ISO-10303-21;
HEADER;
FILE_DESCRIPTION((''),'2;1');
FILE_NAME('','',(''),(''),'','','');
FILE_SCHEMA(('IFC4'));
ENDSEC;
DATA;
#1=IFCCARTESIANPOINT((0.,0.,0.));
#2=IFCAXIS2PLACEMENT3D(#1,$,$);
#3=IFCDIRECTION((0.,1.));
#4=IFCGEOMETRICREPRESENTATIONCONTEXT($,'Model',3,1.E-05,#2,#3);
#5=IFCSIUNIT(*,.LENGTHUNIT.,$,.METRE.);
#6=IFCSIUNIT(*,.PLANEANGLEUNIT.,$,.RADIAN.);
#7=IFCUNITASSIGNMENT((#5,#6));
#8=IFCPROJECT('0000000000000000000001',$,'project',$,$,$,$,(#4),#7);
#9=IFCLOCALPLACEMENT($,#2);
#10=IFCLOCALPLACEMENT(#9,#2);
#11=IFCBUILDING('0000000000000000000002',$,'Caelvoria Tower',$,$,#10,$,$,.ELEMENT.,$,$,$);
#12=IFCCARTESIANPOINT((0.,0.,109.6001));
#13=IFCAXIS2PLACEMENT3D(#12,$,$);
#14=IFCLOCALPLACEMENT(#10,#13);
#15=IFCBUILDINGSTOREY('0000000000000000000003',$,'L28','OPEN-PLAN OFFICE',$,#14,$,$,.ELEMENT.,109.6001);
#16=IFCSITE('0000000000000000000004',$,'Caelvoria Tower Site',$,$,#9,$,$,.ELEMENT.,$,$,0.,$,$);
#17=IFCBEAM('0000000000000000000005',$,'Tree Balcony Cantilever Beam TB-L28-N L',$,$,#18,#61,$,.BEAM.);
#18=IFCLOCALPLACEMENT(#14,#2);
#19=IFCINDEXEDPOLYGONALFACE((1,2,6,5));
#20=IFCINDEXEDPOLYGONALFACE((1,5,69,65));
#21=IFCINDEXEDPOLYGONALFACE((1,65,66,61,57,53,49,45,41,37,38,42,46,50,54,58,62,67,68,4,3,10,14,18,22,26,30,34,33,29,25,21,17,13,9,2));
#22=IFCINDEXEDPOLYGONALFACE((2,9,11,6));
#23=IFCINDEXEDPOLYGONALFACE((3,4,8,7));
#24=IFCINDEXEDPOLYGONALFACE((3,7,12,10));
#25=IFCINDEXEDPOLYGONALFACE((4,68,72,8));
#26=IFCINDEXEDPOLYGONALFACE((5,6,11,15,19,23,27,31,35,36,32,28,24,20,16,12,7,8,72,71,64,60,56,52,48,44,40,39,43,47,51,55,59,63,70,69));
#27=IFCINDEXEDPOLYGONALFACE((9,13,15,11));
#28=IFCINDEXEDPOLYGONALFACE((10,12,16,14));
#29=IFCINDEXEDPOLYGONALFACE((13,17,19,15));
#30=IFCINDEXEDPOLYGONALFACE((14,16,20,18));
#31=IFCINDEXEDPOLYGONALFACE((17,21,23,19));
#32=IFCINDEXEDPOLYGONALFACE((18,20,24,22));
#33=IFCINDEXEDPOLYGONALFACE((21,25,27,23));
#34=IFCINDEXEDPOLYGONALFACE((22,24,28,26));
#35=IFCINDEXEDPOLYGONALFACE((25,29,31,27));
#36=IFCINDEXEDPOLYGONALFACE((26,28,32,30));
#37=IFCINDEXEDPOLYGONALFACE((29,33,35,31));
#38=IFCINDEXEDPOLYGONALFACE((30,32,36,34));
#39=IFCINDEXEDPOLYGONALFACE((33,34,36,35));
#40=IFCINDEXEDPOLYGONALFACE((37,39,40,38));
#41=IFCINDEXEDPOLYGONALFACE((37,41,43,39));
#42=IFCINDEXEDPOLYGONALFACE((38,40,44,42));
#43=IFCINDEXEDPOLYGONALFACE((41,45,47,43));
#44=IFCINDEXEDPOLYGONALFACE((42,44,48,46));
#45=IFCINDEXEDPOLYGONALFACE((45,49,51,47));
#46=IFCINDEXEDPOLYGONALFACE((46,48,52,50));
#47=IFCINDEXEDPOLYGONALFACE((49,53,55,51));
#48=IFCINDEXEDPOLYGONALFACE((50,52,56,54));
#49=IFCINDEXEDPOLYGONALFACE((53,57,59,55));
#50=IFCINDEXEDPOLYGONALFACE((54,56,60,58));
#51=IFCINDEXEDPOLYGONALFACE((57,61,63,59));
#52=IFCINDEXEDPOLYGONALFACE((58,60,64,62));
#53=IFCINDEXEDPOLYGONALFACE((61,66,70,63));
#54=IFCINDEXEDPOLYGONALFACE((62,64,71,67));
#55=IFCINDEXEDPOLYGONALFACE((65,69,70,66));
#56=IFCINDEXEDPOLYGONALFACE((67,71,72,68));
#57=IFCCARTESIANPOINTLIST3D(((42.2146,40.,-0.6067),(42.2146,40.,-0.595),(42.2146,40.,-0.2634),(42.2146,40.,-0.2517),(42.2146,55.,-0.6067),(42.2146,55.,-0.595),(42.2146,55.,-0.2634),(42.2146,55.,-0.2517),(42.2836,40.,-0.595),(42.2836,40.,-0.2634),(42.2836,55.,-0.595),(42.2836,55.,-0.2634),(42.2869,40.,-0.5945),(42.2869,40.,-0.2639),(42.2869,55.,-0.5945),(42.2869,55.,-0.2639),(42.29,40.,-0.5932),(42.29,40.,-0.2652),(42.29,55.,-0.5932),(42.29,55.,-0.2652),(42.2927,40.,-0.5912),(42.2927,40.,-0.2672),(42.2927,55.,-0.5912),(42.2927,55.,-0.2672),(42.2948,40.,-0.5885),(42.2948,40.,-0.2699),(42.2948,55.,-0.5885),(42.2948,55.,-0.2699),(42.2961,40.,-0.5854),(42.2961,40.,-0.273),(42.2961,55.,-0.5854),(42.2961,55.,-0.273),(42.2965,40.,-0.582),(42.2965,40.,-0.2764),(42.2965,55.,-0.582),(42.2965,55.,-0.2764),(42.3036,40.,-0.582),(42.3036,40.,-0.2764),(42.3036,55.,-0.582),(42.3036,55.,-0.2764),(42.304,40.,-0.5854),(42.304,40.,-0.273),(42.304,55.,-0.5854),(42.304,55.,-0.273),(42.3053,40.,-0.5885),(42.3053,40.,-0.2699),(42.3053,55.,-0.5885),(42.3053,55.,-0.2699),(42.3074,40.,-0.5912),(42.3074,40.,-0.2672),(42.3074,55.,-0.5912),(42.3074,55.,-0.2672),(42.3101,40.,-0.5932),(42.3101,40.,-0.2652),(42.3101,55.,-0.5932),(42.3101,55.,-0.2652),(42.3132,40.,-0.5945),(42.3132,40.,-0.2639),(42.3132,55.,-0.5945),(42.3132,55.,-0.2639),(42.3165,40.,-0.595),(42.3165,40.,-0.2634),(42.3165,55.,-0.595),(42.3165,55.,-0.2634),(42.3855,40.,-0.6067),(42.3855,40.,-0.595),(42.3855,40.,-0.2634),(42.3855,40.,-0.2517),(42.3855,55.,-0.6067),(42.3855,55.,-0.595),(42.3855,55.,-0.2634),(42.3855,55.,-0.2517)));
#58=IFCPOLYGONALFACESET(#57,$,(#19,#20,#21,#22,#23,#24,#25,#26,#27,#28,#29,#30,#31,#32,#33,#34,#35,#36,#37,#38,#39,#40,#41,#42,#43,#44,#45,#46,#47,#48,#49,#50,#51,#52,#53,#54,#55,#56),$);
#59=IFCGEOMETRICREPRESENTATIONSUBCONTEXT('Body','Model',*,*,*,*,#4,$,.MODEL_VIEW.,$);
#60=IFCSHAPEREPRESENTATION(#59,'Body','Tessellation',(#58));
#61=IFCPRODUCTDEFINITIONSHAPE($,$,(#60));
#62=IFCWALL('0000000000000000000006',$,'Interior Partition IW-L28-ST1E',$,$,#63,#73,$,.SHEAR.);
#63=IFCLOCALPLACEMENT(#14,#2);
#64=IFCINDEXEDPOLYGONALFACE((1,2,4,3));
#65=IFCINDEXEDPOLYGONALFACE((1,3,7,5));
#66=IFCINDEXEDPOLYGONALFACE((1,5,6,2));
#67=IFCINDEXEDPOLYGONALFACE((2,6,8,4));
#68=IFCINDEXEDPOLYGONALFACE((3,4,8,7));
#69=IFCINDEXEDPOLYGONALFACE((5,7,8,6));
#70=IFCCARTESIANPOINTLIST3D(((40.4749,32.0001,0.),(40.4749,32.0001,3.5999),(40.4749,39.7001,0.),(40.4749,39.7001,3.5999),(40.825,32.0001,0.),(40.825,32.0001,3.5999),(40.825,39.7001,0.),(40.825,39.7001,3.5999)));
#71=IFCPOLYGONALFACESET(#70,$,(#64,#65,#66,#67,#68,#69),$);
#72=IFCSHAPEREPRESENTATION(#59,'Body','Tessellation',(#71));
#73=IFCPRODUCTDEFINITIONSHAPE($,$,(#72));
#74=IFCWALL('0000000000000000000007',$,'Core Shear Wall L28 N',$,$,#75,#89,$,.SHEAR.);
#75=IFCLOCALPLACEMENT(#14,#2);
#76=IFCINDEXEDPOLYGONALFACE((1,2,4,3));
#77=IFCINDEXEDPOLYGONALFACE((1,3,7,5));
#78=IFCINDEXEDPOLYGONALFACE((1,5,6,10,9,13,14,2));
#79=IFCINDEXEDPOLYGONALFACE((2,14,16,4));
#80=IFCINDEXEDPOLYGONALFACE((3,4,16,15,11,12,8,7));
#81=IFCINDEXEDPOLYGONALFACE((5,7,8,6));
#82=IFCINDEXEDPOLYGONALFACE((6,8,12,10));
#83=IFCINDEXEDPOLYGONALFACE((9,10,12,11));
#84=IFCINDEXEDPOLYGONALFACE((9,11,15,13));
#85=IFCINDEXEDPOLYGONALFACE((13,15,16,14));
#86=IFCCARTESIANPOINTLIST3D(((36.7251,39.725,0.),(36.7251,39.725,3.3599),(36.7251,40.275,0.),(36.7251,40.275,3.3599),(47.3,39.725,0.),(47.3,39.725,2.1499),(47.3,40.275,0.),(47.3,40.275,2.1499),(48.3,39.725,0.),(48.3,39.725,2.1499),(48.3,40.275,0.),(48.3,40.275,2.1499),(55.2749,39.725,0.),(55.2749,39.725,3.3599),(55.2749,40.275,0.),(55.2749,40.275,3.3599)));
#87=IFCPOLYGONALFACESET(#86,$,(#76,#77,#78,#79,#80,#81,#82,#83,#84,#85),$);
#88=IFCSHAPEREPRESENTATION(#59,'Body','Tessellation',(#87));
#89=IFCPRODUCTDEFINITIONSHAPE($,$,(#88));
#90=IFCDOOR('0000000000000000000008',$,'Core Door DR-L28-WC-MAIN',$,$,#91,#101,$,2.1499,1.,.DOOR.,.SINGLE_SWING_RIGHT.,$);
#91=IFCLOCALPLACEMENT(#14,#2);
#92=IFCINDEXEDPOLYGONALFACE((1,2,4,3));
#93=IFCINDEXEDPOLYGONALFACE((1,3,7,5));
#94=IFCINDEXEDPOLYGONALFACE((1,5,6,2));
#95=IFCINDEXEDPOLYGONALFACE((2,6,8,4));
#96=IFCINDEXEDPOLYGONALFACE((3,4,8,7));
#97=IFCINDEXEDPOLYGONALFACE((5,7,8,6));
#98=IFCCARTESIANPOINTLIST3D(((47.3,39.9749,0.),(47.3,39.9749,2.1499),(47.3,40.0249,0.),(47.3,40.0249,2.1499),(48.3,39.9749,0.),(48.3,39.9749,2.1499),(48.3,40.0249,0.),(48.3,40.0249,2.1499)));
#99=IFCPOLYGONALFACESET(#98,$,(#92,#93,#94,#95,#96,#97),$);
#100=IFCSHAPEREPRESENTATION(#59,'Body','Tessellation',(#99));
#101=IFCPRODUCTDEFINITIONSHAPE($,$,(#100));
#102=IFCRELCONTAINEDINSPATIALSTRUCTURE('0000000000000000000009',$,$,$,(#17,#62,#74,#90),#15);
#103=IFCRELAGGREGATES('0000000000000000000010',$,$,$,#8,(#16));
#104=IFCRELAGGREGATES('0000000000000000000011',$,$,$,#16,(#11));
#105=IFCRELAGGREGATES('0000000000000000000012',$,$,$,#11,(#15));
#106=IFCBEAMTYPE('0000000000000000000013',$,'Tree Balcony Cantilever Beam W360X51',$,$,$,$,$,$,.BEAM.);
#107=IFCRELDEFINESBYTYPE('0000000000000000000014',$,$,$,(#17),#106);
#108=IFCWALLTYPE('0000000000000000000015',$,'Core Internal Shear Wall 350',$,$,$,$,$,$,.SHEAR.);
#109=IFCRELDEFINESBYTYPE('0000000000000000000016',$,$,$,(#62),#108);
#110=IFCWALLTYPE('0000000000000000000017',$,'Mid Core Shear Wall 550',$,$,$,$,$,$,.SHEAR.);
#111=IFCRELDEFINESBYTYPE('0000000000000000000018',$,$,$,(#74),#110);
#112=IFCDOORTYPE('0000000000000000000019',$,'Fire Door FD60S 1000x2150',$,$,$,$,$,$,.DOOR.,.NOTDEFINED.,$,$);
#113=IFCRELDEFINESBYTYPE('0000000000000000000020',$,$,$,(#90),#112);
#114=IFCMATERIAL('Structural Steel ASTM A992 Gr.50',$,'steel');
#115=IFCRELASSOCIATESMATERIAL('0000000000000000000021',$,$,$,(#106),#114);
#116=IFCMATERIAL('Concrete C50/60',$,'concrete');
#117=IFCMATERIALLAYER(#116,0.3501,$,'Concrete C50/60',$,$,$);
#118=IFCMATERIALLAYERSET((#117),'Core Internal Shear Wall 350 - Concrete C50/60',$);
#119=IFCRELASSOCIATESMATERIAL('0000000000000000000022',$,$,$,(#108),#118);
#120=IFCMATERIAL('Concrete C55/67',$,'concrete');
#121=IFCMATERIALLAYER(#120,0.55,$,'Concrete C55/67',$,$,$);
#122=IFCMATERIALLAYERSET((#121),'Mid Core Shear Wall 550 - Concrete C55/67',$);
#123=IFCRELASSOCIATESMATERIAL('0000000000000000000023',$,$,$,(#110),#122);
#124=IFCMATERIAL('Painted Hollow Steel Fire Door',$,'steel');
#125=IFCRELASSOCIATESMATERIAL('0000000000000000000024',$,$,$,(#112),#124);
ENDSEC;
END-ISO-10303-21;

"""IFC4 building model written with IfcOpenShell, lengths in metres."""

from ifc_helpers import new_model, si_unit, direction, frame, frame_2d, origin, origin_2d, place, context, subcontext, project, spatial, rectangle, i_section, extrude, material, layer, layer_set, material_profile, profile_set, type_object, element, fill, save


model = new_model("IFC4")

# Units and contexts
model_context = context("Model", 3, precision=1e-05, world=origin(), true_north=direction((0.0, 1.0)))
body_context = subcontext(model_context, "Body", "Model", "MODEL_VIEW")
ifc_project = project(units=[si_unit("LENGTHUNIT", "METRE"), si_unit("PLANEANGLEUNIT", "RADIAN")], contexts=[model_context])

# Site, building, storey
site_placement = place(None, origin())
site = spatial("IfcSite", under=ifc_project, at=site_placement, Name="Caelvoria Tower Site", CompositionType="ELEMENT", RefElevation=0.0)
building_placement = place(site_placement, origin())
building = spatial("IfcBuilding", under=site, at=building_placement, Name="Caelvoria Tower", CompositionType="ELEMENT")
storey_placement = place(building_placement, frame((0.0, 0.0, 109.6001)))
storey = spatial("IfcBuildingStorey", under=building, at=storey_placement, Name="L28", Description="OPEN-PLAN OFFICE", CompositionType="ELEMENT", Elevation=109.6001)

# Beam
ifc_material_1 = material(Name="Structural Steel ASTM A992 Gr.50", Category="steel")
ifc_material_profile_1 = material_profile(ifc_material_1, i_section(OverallWidth=0.1709, OverallDepth=0.355, WebThickness=0.0071, FlangeThickness=0.0117, FilletRadius=0.0129, at=origin_2d()), Name="Structural Steel ASTM A992 Gr.50")
ifc_profile_set_1 = profile_set([ifc_material_profile_1], Name="W360X51 - Structural Steel ASTM A992 Gr.50")
beam_type_1 = type_object("IfcBeamType", Name="Tree Balcony Cantilever Beam W360X51", PredefinedType="BEAM", material=ifc_profile_set_1)
beam_1_placement = place(storey_placement, frame((42.3, 40.0, -0.4292), z_axis=(0.0, 1.0, 0.0), x_axis=(-1.0, 0.0, 0.0)))
element("IfcBeam", 1, at=beam_1_placement, inside=storey, type_object=beam_type_1, Name="Tree Balcony Cantilever Beam TB-L28-N L", PredefinedType="BEAM", context=body_context, shape_type="SweptSolid", body=[
    extrude(i_section(OverallWidth=0.1709, OverallDepth=0.355, WebThickness=0.0071, FlangeThickness=0.0117, FilletRadius=0.0129, at=origin_2d()), origin(), (0.0, 0.0, 1.0), 15.0),
])

# Wall
ifc_material_2 = material(Name="Concrete C50/60", Category="concrete")
ifc_layer_1 = layer(ifc_material_2, 0.3501, Name="Concrete C50/60")
ifc_layer_set_1 = layer_set([ifc_layer_1], Name="Core Internal Shear Wall 350 - Concrete C50/60")
wall_type_1 = type_object("IfcWallType", Name="Core Internal Shear Wall 350", PredefinedType="SHEAR", material=ifc_layer_set_1)
wall_1_placement = place(storey_placement, frame((40.6499, 32.0, 0.0), z_axis=(0.0, 0.0, 1.0), x_axis=(0.0, 1.0, 0.0)))
element("IfcWall", 2, at=wall_1_placement, inside=storey, type_object=wall_type_1, Name="Interior Partition IW-L28-ST1E", PredefinedType="SHEAR", context=body_context, shape_type="SweptSolid", body=[
    extrude(rectangle(XDim=7.7, YDim=0.3501, at=frame_2d((3.8501, 0.0))), origin(), (0.0, 0.0, 1.0), 3.5999),
])

# Wall, opening, door
ifc_material_3 = material(Name="Concrete C55/67", Category="concrete")
ifc_layer_2 = layer(ifc_material_3, 0.55, Name="Concrete C55/67")
ifc_layer_set_2 = layer_set([ifc_layer_2], Name="Mid Core Shear Wall 550 - Concrete C55/67")
wall_type_2 = type_object("IfcWallType", Name="Mid Core Shear Wall 550", PredefinedType="SHEAR", material=ifc_layer_set_2)
wall_2_placement = place(storey_placement, frame((36.7251, 40.0, 0.0), z_axis=(0.0, 0.0, 1.0), x_axis=(1.0, 0.0, 0.0)))
wall_2 = element("IfcWall", 3, at=wall_2_placement, inside=storey, type_object=wall_type_2, Name="Core Shear Wall L28 N", PredefinedType="SHEAR", context=body_context, shape_type="SweptSolid", body=[
    extrude(rectangle(XDim=18.5498, YDim=0.55, at=frame_2d((9.2749, 0.0))), origin(), (0.0, 0.0, 1.0), 3.3599),
])
opening_1_placement = place(wall_2_placement, frame((10.575, 0.0, 0.0)))
opening_1 = element("IfcOpeningElement", 4, at=opening_1_placement, cuts=wall_2, PredefinedType="OPENING", context=body_context, shape_type="SweptSolid", body=[
    extrude(rectangle(XDim=1.0, YDim=2.1499, at=frame_2d((0.5, 1.075))), frame((0.0, 0.2849, 0.0), z_axis=(0.0, -1.0, 0.0), x_axis=(1.0, 0.0, 0.0)), (0.0, 0.0, 1.0), 0.5701),
])
ifc_material_4 = material(Name="Painted Hollow Steel Fire Door", Category="steel")
door_type_1 = type_object("IfcDoorType", Name="Fire Door FD60S 1000x2150", OperationType="NOTDEFINED", PredefinedType="DOOR", material=ifc_material_4)
door_1_placement = place(opening_1_placement, origin())
door_1 = element("IfcDoor", 5, at=door_1_placement, inside=storey, type_object=door_type_1, Name="Core Door DR-L28-WC-MAIN", OperationType="SINGLE_SWING_RIGHT", OverallHeight=2.1499, OverallWidth=1.0, PredefinedType="DOOR", context=body_context, shape_type="SweptSolid", body=[
    extrude(rectangle(XDim=1.0, YDim=2.1499, at=frame_2d((0.5, 1.075))), frame((0.0, 0.0249, 0.0), z_axis=(0.0, -1.0, 0.0), x_axis=(1.0, 0.0, 0.0)), (0.0, 0.0, 1.0), 0.05),
])
fill(opening_1, door_1)

save(model, "model.ifc")
